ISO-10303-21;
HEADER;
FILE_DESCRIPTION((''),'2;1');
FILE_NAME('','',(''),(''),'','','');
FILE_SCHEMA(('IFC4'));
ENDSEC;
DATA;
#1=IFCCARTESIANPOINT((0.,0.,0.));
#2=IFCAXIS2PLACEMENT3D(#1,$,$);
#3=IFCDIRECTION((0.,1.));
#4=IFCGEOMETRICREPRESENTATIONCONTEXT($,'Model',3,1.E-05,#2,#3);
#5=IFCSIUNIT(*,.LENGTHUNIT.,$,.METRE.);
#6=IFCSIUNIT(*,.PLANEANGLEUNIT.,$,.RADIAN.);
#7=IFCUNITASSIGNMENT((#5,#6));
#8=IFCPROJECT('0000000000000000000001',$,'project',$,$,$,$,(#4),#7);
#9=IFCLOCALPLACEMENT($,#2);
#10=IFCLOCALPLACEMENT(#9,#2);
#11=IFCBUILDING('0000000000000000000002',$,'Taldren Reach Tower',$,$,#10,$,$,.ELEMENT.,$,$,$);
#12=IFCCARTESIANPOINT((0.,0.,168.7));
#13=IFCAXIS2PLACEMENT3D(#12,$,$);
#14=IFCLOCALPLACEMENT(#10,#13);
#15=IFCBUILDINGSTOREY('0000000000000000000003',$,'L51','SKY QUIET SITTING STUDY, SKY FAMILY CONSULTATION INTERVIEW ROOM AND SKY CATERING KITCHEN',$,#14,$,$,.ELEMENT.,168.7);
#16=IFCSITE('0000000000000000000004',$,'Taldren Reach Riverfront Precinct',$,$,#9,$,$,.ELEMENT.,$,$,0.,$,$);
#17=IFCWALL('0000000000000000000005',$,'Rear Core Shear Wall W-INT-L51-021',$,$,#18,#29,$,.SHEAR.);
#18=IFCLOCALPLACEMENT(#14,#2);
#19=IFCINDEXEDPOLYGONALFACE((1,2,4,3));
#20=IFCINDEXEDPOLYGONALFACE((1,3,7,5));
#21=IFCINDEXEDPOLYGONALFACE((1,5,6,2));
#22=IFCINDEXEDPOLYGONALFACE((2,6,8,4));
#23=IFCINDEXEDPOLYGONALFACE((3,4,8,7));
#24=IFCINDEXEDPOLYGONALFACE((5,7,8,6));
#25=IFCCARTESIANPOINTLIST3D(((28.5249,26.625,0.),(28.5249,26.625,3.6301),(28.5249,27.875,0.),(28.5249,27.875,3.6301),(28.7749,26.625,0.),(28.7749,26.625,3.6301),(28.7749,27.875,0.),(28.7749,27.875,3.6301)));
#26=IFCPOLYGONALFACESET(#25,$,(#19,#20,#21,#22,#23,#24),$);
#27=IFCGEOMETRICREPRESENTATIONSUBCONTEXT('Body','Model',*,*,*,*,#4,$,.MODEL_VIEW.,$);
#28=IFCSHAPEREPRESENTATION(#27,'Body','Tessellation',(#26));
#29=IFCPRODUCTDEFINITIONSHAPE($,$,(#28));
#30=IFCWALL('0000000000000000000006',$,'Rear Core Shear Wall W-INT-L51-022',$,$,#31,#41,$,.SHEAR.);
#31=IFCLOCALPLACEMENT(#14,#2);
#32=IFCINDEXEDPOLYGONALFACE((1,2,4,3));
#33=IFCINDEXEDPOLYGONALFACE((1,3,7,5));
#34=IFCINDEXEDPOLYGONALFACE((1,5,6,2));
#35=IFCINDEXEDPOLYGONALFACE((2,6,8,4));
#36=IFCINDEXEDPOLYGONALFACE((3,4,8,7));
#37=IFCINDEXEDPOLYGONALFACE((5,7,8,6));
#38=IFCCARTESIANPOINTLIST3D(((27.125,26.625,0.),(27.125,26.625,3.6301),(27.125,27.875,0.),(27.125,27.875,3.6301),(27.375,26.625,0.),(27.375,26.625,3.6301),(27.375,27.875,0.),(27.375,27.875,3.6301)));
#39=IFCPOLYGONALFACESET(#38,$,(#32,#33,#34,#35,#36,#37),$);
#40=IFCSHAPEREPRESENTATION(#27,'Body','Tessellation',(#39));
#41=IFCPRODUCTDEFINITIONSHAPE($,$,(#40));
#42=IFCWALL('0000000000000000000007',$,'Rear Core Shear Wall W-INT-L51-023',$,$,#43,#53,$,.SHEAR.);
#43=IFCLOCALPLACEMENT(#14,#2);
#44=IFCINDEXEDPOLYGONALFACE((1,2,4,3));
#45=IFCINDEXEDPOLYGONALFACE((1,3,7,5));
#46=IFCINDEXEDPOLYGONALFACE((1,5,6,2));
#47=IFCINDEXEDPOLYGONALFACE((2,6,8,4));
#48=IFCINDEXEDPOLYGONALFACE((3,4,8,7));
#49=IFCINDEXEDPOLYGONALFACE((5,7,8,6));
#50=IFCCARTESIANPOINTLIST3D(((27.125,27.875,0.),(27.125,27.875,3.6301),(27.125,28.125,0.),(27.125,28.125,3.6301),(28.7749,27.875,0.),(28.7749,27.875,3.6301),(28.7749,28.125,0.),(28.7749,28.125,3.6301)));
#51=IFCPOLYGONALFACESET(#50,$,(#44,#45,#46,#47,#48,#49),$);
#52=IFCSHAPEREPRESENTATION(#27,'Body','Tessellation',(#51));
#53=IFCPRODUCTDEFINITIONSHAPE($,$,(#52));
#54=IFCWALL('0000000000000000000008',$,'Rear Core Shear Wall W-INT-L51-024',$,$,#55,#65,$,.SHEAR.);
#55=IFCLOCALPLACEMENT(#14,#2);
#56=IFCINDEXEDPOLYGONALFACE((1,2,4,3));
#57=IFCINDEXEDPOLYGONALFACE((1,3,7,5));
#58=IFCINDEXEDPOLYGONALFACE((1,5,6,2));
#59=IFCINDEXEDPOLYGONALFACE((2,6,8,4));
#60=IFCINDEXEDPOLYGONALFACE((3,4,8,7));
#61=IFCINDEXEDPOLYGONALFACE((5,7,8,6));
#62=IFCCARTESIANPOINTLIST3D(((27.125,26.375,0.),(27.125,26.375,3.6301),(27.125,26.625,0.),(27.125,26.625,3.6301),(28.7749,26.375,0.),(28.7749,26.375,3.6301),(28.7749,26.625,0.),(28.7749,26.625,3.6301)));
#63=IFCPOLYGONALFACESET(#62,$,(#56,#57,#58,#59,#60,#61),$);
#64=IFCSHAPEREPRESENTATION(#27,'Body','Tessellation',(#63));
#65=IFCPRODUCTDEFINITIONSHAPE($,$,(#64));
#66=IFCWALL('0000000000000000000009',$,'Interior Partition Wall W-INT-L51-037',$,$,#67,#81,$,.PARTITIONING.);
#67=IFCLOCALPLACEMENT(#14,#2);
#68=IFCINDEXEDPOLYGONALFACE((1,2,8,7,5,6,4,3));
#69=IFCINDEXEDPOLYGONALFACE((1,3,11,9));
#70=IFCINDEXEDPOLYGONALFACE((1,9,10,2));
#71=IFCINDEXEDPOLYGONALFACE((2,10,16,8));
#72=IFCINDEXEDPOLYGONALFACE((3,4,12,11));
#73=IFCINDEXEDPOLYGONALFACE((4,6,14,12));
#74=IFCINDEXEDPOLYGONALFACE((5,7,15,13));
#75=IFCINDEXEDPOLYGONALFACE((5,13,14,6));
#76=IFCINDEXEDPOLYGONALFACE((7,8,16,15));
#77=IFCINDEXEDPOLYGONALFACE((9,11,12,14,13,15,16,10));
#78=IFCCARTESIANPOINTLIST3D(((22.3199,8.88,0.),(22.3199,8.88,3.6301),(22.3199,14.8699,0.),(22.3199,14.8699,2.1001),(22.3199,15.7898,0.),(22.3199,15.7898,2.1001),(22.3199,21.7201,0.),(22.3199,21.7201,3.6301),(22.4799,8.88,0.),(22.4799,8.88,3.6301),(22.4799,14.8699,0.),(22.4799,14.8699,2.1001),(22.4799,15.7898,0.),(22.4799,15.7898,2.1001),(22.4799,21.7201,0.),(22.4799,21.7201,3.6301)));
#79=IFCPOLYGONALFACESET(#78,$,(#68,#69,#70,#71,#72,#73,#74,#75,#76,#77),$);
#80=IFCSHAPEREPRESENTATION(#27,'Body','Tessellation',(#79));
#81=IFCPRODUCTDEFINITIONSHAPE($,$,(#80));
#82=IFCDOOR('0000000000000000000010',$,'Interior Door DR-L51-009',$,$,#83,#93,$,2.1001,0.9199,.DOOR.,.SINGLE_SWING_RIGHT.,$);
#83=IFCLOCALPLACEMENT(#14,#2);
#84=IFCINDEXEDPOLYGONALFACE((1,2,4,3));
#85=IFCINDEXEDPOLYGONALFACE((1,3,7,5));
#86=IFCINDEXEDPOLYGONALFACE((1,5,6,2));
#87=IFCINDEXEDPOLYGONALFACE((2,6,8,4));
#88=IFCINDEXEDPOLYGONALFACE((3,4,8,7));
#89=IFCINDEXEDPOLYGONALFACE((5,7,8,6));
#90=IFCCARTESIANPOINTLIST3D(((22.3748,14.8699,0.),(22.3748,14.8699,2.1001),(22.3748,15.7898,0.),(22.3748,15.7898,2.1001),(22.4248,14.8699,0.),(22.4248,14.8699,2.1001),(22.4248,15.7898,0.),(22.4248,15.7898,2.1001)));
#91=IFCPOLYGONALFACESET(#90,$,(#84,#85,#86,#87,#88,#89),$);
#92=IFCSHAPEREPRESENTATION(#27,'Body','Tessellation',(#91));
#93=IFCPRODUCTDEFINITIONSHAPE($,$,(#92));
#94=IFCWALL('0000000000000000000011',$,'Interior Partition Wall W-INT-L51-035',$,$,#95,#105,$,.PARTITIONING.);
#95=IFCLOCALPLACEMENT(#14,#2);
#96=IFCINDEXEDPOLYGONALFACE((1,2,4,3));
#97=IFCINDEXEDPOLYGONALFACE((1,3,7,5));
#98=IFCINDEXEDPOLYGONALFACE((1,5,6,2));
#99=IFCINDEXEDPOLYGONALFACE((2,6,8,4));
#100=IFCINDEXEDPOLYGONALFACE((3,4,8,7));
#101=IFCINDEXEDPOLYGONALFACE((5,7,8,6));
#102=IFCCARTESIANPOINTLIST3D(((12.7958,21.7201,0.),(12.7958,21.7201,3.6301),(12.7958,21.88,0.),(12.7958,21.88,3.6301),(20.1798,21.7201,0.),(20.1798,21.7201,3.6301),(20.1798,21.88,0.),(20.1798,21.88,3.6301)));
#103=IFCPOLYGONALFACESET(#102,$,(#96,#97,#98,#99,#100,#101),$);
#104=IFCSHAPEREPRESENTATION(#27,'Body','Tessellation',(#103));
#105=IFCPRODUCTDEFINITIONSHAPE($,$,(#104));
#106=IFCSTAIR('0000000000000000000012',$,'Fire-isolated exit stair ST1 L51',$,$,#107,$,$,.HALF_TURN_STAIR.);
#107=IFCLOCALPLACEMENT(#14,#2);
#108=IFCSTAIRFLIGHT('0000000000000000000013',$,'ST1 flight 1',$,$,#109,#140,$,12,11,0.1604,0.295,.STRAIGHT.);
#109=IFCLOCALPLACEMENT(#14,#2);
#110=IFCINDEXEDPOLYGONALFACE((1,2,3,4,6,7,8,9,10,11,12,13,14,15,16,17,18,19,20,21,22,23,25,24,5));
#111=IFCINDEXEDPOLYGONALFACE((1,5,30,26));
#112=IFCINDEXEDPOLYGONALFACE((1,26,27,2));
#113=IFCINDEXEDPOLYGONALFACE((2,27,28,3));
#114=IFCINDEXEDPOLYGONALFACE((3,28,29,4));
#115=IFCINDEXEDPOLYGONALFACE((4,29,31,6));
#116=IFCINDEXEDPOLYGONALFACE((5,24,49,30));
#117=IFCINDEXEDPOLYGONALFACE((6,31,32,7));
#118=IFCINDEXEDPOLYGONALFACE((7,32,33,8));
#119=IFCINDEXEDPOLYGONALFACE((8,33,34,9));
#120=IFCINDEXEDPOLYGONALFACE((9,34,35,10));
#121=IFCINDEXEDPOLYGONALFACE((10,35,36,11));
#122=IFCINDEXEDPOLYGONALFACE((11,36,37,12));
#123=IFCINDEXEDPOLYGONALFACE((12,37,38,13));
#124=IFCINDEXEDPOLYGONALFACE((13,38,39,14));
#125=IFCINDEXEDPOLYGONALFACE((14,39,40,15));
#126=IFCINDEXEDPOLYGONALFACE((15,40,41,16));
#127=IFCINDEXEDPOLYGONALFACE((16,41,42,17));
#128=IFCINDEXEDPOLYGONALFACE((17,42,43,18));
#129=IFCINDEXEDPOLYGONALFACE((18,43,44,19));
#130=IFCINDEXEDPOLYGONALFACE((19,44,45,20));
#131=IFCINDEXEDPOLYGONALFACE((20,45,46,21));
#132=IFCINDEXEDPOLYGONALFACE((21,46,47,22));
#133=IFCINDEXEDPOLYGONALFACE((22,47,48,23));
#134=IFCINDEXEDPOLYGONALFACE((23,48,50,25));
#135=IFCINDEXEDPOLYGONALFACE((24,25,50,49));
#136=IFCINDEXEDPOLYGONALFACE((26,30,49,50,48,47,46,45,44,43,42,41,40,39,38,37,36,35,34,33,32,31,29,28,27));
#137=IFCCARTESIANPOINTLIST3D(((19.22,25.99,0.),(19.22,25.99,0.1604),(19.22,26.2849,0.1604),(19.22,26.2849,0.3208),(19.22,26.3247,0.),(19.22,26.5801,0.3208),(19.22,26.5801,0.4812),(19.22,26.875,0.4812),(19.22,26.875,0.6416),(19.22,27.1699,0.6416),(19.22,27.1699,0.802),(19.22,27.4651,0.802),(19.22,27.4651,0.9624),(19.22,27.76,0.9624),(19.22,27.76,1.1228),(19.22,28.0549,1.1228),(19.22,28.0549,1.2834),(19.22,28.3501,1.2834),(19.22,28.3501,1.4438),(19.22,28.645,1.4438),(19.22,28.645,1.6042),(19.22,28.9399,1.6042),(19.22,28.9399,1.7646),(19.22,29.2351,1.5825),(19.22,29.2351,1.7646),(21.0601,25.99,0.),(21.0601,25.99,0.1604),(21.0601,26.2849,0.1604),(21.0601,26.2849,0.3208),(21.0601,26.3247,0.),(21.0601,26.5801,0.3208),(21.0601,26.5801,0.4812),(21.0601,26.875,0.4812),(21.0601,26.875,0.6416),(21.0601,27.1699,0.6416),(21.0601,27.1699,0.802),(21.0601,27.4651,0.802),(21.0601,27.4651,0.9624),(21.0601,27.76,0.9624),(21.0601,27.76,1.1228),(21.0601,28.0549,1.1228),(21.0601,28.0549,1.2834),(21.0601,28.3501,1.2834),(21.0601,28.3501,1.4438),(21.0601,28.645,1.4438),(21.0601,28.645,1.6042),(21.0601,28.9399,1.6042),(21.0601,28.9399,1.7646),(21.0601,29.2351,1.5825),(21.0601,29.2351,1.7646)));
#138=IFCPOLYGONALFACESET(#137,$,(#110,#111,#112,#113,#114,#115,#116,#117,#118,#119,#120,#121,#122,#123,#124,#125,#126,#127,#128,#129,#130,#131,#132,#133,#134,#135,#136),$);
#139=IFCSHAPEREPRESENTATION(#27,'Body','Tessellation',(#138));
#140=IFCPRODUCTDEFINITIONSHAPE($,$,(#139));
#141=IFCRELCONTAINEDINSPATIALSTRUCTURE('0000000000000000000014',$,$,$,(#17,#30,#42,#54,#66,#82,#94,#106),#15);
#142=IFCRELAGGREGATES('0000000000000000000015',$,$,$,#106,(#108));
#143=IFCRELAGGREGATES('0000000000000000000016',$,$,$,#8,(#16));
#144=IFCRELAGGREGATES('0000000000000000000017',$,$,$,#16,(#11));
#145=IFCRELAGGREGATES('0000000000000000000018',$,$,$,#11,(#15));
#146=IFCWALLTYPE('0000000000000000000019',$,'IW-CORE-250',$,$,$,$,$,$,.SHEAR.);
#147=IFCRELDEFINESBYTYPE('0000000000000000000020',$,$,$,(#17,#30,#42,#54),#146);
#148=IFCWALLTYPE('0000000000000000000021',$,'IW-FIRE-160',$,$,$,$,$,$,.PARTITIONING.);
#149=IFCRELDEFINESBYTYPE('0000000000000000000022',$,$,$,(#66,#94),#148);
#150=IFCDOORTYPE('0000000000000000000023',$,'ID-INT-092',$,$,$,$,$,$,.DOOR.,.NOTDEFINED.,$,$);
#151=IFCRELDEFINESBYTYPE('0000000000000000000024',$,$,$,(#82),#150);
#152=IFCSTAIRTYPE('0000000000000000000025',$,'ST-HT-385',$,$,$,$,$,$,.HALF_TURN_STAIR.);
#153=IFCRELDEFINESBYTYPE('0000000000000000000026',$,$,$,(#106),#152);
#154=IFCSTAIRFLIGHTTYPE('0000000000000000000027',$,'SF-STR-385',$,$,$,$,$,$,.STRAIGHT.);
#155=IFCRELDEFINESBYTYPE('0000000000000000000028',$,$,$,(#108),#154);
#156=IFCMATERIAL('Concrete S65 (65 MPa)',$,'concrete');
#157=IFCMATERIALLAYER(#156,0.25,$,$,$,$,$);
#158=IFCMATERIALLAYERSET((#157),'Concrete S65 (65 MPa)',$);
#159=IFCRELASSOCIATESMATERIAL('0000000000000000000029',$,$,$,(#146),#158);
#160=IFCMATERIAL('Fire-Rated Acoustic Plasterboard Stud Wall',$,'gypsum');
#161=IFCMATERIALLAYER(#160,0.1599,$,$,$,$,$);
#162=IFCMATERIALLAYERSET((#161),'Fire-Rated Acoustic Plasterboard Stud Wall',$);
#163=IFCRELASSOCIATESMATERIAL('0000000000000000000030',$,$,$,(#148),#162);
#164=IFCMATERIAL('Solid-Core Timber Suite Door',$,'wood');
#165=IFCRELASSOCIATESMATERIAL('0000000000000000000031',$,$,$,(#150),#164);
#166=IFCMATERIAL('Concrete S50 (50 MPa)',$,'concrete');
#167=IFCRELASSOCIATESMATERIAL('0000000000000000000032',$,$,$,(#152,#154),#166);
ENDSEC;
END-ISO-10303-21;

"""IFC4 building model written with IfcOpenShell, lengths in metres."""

from ifc_helpers import new_model, si_unit, direction, frame, frame_2d, origin, place, context, subcontext, project, spatial, polyline, rectangle, outline, extrude, source, transform, mapped, material, layer, layer_set, type_object, element, fill, aggregate, save


model = new_model("IFC4")

# Units and contexts
model_context = context("Model", 3, precision=1e-05, world=origin(), true_north=direction((0.0, 1.0)))
body_context = subcontext(model_context, "Body", "Model", "MODEL_VIEW")
ifc_project = project(units=[si_unit("LENGTHUNIT", "METRE"), si_unit("PLANEANGLEUNIT", "RADIAN")], contexts=[model_context])

# Site, building, storey
site_placement = place(None, origin())
site = spatial("IfcSite", under=ifc_project, at=site_placement, Name="Taldren Reach Riverfront Precinct", CompositionType="ELEMENT", RefElevation=0.0)
building_placement = place(site_placement, origin())
building = spatial("IfcBuilding", under=site, at=building_placement, Name="Taldren Reach Tower", CompositionType="ELEMENT")
storey_placement = place(building_placement, frame((0.0, 0.0, 168.7)))
storey = spatial("IfcBuildingStorey", under=building, at=storey_placement, Name="L51", Description="SKY QUIET SITTING STUDY, SKY FAMILY CONSULTATION INTERVIEW ROOM AND SKY CATERING KITCHEN", CompositionType="ELEMENT", Elevation=168.7)

# Shared definitions
ifc_material_1 = material(Name="Concrete S65 (65 MPa)", Category="concrete")
ifc_layer_1 = layer(ifc_material_1, 0.25)
ifc_layer_set_1 = layer_set([ifc_layer_1], Name="Concrete S65 (65 MPa)")
wall_type_1 = type_object("IfcWallType", Name="IW-CORE-250", PredefinedType="SHEAR", material=ifc_layer_set_1)

# Shared definitions
ifc_material_2 = material(Name="Concrete S50 (50 MPa)", Category="concrete")

# Walls
shared_shape_1 = source(origin(), body_context, "Body", "SweptSolid", [
    extrude(rectangle(XDim=1.25, YDim=0.25, at=frame_2d((0.625, 0.0))), origin(), (0.0, 0.0, 1.0), 3.6301),
])
for number, where, z_axis, x_axis, name in (
    (1, (28.6499, 26.625, 0.0), (0.0, 0.0, 1.0), (0.0, 1.0, 0.0), "Rear Core Shear Wall W-INT-L51-021"),
    (2, (27.25, 27.875, 0.0), (0.0, 0.0, 1.0), (0.0, -1.0, 0.0), "Rear Core Shear Wall W-INT-L51-022"),
):
    element("IfcWall", number, at=place(storey_placement, frame(where, z_axis=z_axis, x_axis=x_axis)), inside=storey, type_object=wall_type_1, Name=name, PredefinedType="SHEAR", context=body_context, shape_type="MappedRepresentation", body=[
        mapped(shared_shape_1, transform((0.0, 0.0, 0.0), scale=1.0)),
    ])
shared_shape_2 = source(origin(), body_context, "Body", "SweptSolid", [
    extrude(rectangle(XDim=1.6499, YDim=0.25, at=frame_2d((0.825, 0.0))), origin(), (0.0, 0.0, 1.0), 3.6301),
])
for number, where, z_axis, x_axis, name in (
    (3, (28.7749, 28.0, 0.0), (0.0, 0.0, 1.0), (-1.0, 0.0, 0.0), "Rear Core Shear Wall W-INT-L51-023"),
    (4, (27.125, 26.5, 0.0), (0.0, 0.0, 1.0), (1.0, 0.0, 0.0), "Rear Core Shear Wall W-INT-L51-024"),
):
    element("IfcWall", number, at=place(storey_placement, frame(where, z_axis=z_axis, x_axis=x_axis)), inside=storey, type_object=wall_type_1, Name=name, PredefinedType="SHEAR", context=body_context, shape_type="MappedRepresentation", body=[
        mapped(shared_shape_2, transform((0.0, 0.0, 0.0), scale=1.0)),
    ])

# Wall, opening, door
ifc_material_3 = material(Name="Fire-Rated Acoustic Plasterboard Stud Wall", Category="gypsum")
ifc_layer_2 = layer(ifc_material_3, 0.1599)
ifc_layer_set_2 = layer_set([ifc_layer_2], Name="Fire-Rated Acoustic Plasterboard Stud Wall")
wall_type_2 = type_object("IfcWallType", Name="IW-FIRE-160", PredefinedType="PARTITIONING", material=ifc_layer_set_2)
shared_shape_3 = source(origin(), body_context, "Body", "SweptSolid", [
    extrude(rectangle(XDim=12.8401, YDim=0.1599, at=frame_2d((6.4199, 0.0))), origin(), (0.0, 0.0, 1.0), 3.6301),
])
wall_1_placement = place(storey_placement, frame((22.3999, 21.72, 0.0), z_axis=(0.0, 0.0, 1.0), x_axis=(0.0, -1.0, 0.0)))
wall_1 = element("IfcWall", 5, at=wall_1_placement, inside=storey, type_object=wall_type_2, Name="Interior Partition Wall W-INT-L51-037", PredefinedType="PARTITIONING", context=body_context, shape_type="MappedRepresentation", body=[
    mapped(shared_shape_3, transform((0.0, 0.0, 0.0), scale=1.0)),
])
shared_shape_4 = source(origin(), body_context, "Body", "SweptSolid", [
    extrude(rectangle(XDim=0.9199, YDim=2.1001, at=frame_2d((0.46, 1.05))), frame((0.0, 0.0898, 0.0), z_axis=(0.0, -1.0, 0.0), x_axis=(1.0, 0.0, 0.0)), (0.0, 0.0, 1.0), 0.1799),
])
opening_1_placement = place(wall_1_placement, frame((5.9302, 0.0, 0.0)))
opening_1 = element("IfcOpeningElement", 6, at=opening_1_placement, cuts=wall_1, PredefinedType="OPENING", context=body_context, shape_type="MappedRepresentation", body=[
    mapped(shared_shape_4, transform((0.0, 0.0, 0.0), scale=1.0)),
])
ifc_material_4 = material(Name="Solid-Core Timber Suite Door", Category="wood")
door_type_1 = type_object("IfcDoorType", Name="ID-INT-092", OperationType="NOTDEFINED", PredefinedType="DOOR", material=ifc_material_4)
shared_shape_5 = source(origin(), body_context, "Body", "SweptSolid", [
    extrude(rectangle(XDim=0.9199, YDim=2.1001, at=frame_2d((0.46, 1.05))), frame((0.0, 0.0249, 0.0), z_axis=(0.0, -1.0, 0.0), x_axis=(1.0, 0.0, 0.0)), (0.0, 0.0, 1.0), 0.05),
])
door_1_placement = place(opening_1_placement, origin())
door_1 = element("IfcDoor", 7, at=door_1_placement, inside=storey, type_object=door_type_1, Name="Interior Door DR-L51-009", OperationType="SINGLE_SWING_RIGHT", OverallHeight=2.1001, OverallWidth=0.9199, PredefinedType="DOOR", context=body_context, shape_type="MappedRepresentation", body=[
    mapped(shared_shape_5, transform((0.0, 0.0, 0.0), scale=1.0)),
])
fill(opening_1, door_1)

# Wall
shared_shape_6 = source(origin(), body_context, "Body", "SweptSolid", [
    extrude(rectangle(XDim=7.384, YDim=0.1599, at=frame_2d((3.6919, 0.0))), origin(), (0.0, 0.0, 1.0), 3.6301),
])
wall_2_placement = place(storey_placement, frame((20.1797, 21.8, 0.0), z_axis=(0.0, 0.0, 1.0), x_axis=(-1.0, 0.0, 0.0)))
element("IfcWall", 8, at=wall_2_placement, inside=storey, type_object=wall_type_2, Name="Interior Partition Wall W-INT-L51-035", PredefinedType="PARTITIONING", context=body_context, shape_type="MappedRepresentation", body=[
    mapped(shared_shape_6, transform((0.0, 0.0, 0.0), scale=1.0)),
])

# Stair, stair flight
stair_type = type_object("IfcStairType", Name="ST-HT-385", PredefinedType="HALF_TURN_STAIR", material=ifc_material_2)
stair_placement = place(storey_placement, origin())
stair = element("IfcStair", 9, at=stair_placement, inside=storey, type_object=stair_type, Name="Fire-isolated exit stair ST1 L51", PredefinedType="HALF_TURN_STAIR")
stair_flight_type = type_object("IfcStairFlightType", Name="SF-STR-385", PredefinedType="STRAIGHT", material=ifc_material_2)
stair_flight_placement = place(storey_placement, frame((20.1399, 25.99, 0.0), z_axis=(0.0, 0.0, 1.0), x_axis=(0.0, 1.0, 0.0)))
stair_flight = element("IfcStairFlight", 10, at=stair_flight_placement, type_object=stair_flight_type, Name="ST1 flight 1", NumberOfRisers=12, NumberOfTreads=11, PredefinedType="STRAIGHT", RiserHeight=0.1604, TreadLength=0.295, context=body_context, shape_type="SweptSolid", body=[
    extrude(outline(polyline([(0.0, 0.0), (0.0, 0.1604), (0.2949, 0.1604), (0.2949, 0.3208), (0.5901, 0.3208), (0.5901, 0.4812), (0.885, 0.4812), (0.885, 0.6416), (1.1799, 0.6416), (1.1799, 0.802), (1.4751, 0.802), (1.4751, 0.9624), (1.77, 0.9624), (1.77, 1.1228), (2.0649, 1.1228), (2.0649, 1.2834), (2.3601, 1.2834), (2.3601, 1.4438), (2.655, 1.4438), (2.655, 1.6042), (2.95, 1.6042), (2.95, 1.7646), (3.2451, 1.7646), (3.2451, 1.925), (3.2451, 1.5825), (0.3347, 0.0), (0.0, 0.0)])), frame((0.0, 0.9199, 0.0), z_axis=(0.0, -1.0, 0.0), x_axis=(1.0, 0.0, 0.0)), (0.0, 0.0, 1.0), 1.8401),
])
aggregate(stair, [stair_flight])

save(model, "model.ifc")
